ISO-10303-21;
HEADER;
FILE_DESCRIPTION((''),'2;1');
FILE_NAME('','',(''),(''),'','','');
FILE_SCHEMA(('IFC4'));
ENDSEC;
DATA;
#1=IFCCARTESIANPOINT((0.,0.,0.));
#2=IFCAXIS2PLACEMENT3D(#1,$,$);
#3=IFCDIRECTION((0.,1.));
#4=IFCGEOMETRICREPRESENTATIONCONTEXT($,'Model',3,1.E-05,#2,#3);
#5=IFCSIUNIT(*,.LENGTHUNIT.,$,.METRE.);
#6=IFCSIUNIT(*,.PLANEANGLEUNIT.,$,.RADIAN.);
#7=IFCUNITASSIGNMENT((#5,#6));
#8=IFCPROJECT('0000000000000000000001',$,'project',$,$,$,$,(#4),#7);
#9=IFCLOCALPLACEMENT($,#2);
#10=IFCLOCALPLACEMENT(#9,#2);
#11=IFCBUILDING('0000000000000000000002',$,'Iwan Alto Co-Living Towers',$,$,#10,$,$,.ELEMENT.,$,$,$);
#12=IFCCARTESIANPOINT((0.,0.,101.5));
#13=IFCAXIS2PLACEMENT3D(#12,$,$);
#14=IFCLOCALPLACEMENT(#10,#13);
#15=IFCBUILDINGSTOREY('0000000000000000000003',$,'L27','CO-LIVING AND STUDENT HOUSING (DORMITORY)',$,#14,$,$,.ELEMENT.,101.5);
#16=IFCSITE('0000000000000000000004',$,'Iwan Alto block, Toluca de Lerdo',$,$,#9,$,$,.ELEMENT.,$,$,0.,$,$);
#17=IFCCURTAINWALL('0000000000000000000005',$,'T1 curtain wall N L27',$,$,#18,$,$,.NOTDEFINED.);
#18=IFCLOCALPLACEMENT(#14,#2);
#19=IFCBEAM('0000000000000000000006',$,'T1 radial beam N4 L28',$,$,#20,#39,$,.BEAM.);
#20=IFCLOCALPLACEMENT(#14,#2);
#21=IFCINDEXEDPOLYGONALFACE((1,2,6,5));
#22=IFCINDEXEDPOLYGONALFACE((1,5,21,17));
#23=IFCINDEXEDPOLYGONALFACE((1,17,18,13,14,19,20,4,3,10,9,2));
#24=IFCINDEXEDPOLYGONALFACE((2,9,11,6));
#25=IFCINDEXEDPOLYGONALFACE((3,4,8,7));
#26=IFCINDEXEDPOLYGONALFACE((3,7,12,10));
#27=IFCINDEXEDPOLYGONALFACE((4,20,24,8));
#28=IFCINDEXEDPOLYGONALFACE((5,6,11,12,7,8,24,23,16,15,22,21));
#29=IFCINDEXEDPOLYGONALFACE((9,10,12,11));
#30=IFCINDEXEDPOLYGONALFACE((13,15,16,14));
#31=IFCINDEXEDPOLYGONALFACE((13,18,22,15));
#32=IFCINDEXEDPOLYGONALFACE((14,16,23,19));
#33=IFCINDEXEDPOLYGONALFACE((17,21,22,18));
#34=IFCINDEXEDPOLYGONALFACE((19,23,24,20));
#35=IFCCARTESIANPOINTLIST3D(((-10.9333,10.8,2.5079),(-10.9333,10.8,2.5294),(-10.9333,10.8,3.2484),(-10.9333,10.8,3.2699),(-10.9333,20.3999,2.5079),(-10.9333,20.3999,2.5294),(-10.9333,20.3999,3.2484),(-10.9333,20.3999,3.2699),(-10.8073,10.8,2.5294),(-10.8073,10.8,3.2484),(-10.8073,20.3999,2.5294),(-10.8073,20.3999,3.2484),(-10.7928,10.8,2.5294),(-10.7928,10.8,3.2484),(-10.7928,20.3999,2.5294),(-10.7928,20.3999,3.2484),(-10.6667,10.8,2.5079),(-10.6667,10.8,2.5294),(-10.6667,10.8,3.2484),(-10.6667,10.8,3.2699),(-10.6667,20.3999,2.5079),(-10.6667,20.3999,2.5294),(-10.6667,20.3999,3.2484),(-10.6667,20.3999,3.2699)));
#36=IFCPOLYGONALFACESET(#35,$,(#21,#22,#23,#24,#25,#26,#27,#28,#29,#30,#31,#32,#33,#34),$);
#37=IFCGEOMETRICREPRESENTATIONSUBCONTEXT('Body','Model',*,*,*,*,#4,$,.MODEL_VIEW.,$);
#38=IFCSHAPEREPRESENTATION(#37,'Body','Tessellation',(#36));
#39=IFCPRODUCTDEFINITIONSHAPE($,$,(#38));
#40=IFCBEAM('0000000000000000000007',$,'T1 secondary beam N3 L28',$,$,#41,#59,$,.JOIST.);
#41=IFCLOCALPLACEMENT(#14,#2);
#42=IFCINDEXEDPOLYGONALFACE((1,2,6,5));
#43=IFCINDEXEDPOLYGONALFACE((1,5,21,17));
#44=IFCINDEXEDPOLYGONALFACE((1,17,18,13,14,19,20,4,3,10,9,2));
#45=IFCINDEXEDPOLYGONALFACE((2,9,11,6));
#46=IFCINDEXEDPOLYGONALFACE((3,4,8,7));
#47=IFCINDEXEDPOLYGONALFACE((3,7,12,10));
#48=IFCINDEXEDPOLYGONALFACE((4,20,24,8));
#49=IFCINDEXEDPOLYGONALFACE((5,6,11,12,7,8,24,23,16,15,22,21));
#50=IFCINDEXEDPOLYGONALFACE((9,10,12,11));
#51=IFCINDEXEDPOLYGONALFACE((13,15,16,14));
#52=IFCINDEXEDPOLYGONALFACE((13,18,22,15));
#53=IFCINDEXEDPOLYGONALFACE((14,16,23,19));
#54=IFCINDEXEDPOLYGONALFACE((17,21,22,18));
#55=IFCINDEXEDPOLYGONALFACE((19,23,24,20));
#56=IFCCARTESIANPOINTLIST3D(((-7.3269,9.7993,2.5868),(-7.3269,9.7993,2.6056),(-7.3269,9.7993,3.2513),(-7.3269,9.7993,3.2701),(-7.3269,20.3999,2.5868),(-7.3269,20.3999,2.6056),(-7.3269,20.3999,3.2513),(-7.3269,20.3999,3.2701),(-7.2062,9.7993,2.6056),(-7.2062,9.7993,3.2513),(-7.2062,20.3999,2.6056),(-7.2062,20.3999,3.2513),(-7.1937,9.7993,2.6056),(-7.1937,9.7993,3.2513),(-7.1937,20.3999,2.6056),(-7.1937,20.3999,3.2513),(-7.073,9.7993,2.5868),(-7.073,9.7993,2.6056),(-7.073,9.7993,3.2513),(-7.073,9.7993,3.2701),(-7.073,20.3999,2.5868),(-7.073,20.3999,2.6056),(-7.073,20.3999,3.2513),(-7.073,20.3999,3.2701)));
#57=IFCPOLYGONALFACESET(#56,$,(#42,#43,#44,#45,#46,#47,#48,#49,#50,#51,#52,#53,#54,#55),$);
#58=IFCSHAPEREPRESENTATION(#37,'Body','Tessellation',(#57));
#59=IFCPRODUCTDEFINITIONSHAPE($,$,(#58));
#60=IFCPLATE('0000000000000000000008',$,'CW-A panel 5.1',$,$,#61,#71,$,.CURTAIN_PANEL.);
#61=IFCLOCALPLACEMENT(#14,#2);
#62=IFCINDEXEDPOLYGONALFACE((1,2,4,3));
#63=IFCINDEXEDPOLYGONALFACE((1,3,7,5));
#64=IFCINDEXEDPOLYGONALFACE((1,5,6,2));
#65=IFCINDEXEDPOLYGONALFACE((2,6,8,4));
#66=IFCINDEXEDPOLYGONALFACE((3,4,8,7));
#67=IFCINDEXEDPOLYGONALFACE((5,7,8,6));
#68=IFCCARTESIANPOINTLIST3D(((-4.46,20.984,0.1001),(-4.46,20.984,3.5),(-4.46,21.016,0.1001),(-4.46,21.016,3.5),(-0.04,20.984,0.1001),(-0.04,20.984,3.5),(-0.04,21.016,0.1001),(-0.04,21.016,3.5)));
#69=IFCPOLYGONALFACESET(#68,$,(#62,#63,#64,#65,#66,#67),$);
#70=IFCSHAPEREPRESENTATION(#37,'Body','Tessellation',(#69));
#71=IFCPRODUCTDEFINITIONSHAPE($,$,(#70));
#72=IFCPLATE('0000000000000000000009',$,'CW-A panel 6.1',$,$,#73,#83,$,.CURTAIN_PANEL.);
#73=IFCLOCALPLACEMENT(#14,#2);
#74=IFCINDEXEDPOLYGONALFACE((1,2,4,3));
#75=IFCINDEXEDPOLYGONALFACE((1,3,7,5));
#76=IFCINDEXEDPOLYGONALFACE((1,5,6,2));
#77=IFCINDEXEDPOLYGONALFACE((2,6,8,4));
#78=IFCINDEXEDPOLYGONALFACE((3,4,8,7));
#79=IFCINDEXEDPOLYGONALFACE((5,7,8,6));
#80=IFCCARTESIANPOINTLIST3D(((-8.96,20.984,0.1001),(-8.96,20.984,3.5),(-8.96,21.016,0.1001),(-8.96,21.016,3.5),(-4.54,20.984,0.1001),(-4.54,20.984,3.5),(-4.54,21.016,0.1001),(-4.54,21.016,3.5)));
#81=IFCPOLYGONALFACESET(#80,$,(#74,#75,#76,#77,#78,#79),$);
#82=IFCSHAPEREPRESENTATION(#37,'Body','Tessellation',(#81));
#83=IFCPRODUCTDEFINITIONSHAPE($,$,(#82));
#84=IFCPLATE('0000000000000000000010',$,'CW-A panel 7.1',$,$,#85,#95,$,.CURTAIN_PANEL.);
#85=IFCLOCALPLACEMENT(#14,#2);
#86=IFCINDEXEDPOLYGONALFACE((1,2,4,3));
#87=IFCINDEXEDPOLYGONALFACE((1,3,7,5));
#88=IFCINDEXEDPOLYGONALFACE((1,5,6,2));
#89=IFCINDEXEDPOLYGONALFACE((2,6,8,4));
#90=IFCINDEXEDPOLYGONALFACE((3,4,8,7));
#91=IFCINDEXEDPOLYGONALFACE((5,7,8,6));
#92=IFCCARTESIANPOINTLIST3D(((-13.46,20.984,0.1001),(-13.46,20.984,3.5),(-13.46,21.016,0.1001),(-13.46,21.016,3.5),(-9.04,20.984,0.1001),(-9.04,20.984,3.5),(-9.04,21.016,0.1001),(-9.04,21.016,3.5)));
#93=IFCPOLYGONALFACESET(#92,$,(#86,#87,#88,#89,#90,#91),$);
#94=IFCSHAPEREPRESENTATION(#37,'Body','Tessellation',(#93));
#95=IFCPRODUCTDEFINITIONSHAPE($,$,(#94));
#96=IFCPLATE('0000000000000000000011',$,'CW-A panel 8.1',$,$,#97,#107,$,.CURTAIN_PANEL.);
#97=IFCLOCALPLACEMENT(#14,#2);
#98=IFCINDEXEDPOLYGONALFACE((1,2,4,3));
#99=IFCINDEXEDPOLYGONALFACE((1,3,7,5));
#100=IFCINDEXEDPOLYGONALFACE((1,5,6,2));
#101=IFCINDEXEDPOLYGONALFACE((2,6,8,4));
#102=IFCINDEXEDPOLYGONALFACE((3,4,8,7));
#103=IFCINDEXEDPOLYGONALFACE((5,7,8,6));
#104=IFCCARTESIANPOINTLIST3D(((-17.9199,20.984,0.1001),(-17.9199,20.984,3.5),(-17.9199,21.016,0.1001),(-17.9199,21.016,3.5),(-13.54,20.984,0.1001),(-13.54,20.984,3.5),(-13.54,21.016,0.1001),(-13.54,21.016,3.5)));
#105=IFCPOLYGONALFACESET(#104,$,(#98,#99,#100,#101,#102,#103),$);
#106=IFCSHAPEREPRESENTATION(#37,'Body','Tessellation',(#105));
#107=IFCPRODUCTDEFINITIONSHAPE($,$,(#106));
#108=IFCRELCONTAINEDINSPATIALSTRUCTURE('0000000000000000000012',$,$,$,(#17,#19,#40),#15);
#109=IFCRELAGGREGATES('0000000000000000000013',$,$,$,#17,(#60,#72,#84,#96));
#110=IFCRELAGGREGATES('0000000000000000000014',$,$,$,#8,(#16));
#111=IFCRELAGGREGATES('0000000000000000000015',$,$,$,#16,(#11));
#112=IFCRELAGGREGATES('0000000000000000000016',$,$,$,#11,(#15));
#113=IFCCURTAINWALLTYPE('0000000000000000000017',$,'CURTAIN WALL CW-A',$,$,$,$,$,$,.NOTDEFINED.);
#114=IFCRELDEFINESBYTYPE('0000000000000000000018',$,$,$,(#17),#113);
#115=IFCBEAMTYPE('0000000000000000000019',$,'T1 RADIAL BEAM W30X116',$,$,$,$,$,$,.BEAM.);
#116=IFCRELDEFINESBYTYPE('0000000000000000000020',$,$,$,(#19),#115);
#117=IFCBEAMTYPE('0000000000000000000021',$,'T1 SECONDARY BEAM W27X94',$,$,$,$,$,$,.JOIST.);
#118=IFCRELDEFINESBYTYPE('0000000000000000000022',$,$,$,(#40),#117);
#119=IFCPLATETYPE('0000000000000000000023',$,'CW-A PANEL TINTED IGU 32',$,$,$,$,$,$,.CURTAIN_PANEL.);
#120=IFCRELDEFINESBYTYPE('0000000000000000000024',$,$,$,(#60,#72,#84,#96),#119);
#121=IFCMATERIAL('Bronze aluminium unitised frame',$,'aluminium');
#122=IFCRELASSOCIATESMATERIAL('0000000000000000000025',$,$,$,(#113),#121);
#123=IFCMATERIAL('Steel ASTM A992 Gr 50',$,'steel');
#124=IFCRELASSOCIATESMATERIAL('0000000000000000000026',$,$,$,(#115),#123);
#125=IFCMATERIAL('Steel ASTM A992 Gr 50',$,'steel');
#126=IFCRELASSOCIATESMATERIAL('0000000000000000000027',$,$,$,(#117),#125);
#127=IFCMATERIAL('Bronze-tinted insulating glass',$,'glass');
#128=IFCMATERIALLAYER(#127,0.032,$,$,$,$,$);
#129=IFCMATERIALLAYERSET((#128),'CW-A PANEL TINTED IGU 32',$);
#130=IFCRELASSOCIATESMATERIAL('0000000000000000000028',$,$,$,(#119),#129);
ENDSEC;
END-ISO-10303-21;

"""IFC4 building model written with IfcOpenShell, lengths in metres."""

from ifc_helpers import new_model, si_unit, direction, frame, origin, origin_2d, place, context, subcontext, project, spatial, rectangle, i_section, extrude, material, layer, layer_set, material_profile, profile_set, type_object, element, aggregate, save


model = new_model("IFC4")

# Units and contexts
model_context = context("Model", 3, precision=1e-05, world=origin(), true_north=direction((0.0, 1.0)))
body_context = subcontext(model_context, "Body", "Model", "MODEL_VIEW")
ifc_project = project(units=[si_unit("LENGTHUNIT", "METRE"), si_unit("PLANEANGLEUNIT", "RADIAN")], contexts=[model_context])

# Site, building, storey
site_placement = place(None, origin())
site = spatial("IfcSite", under=ifc_project, at=site_placement, Name="Iwan Alto block, Toluca de Lerdo", CompositionType="ELEMENT", RefElevation=0.0)
building_placement = place(site_placement, origin())
building = spatial("IfcBuilding", under=site, at=building_placement, Name="Iwan Alto Co-Living Towers", CompositionType="ELEMENT")
storey_placement = place(building_placement, frame((0.0, 0.0, 101.5)))
storey = spatial("IfcBuildingStorey", under=building, at=storey_placement, Name="L27", Description="CO-LIVING AND STUDENT HOUSING (DORMITORY)", CompositionType="ELEMENT", Elevation=101.5)

# Curtain wall
ifc_material_1 = material(Name="Bronze aluminium unitised frame", Category="aluminium")
curtain_wall_type = type_object("IfcCurtainWallType", Name="CURTAIN WALL CW-A", PredefinedType="NOTDEFINED", material=ifc_material_1)
curtain_wall_placement = place(storey_placement, origin())
curtain_wall = element("IfcCurtainWall", 1, at=curtain_wall_placement, inside=storey, type_object=curtain_wall_type, Name="T1 curtain wall N L27", PredefinedType="NOTDEFINED")

# Beams
ifc_material_2 = material(Name="Steel ASTM A992 Gr 50", Category="steel")
ifc_material_profile_1 = material_profile(ifc_material_2, i_section(OverallWidth=0.2666, OverallDepth=0.762, WebThickness=0.0144, FlangeThickness=0.0215, at=origin_2d()), Name="W30X116")
ifc_profile_set_1 = profile_set([ifc_material_profile_1], Name="Steel ASTM A992 Gr 50")
beam_type_1 = type_object("IfcBeamType", Name="T1 RADIAL BEAM W30X116", PredefinedType="BEAM", material=ifc_profile_set_1)
beam_1_placement = place(storey_placement, frame((-10.8, 20.3999, 2.8889), z_axis=(0.0, -1.0, 0.0), x_axis=(1.0, 0.0, 0.0)))
element("IfcBeam", 2, at=beam_1_placement, inside=storey, type_object=beam_type_1, Name="T1 radial beam N4 L28", PredefinedType="BEAM", context=body_context, shape_type="SweptSolid", body=[
    extrude(i_section(OverallWidth=0.2666, OverallDepth=0.762, WebThickness=0.0144, FlangeThickness=0.0215, at=origin_2d()), origin(), (0.0, 0.0, 1.0), 9.5999),
])
ifc_material_3 = material(Name="Steel ASTM A992 Gr 50", Category="steel")
ifc_material_profile_2 = material_profile(ifc_material_3, i_section(OverallWidth=0.2539, OverallDepth=0.6833, WebThickness=0.0125, FlangeThickness=0.0188, at=origin_2d()), Name="W27X94")
ifc_profile_set_2 = profile_set([ifc_material_profile_2], Name="Steel ASTM A992 Gr 50")
beam_type_2 = type_object("IfcBeamType", Name="T1 SECONDARY BEAM W27X94", PredefinedType="JOIST", material=ifc_profile_set_2)
beam_2_placement = place(storey_placement, frame((-7.2, 20.3999, 2.9285), z_axis=(0.0, -1.0, 0.0), x_axis=(1.0, 0.0, 0.0)))
element("IfcBeam", 3, at=beam_2_placement, inside=storey, type_object=beam_type_2, Name="T1 secondary beam N3 L28", PredefinedType="JOIST", context=body_context, shape_type="SweptSolid", body=[
    extrude(i_section(OverallWidth=0.2539, OverallDepth=0.6833, WebThickness=0.0125, FlangeThickness=0.0188, at=origin_2d()), origin(), (0.0, 0.0, 1.0), 10.6006),
])

# Plates
ifc_material_4 = material(Name="Bronze-tinted insulating glass", Category="glass")
ifc_layer_1 = layer(ifc_material_4, 0.032)
ifc_layer_set_1 = layer_set([ifc_layer_1], Name="CW-A PANEL TINTED IGU 32")
plate_type = type_object("IfcPlateType", Name="CW-A PANEL TINTED IGU 32", PredefinedType="CURTAIN_PANEL", material=ifc_layer_set_1)
plate_1_placement = place(storey_placement, frame((-2.25, 21.0, 0.1001), z_axis=(0.0, 0.0, 1.0), x_axis=(-1.0, 0.0, 0.0)))
plate_1 = element("IfcPlate", 4, at=plate_1_placement, type_object=plate_type, Name="CW-A panel 5.1", PredefinedType="CURTAIN_PANEL", context=body_context, shape_type="SweptSolid", body=[
    extrude(rectangle(XDim=4.4199, YDim=0.032, at=origin_2d()), origin(), (0.0, 0.0, 1.0), 3.3999),
])
plate_2_placement = place(storey_placement, frame((-6.75, 21.0, 0.1001), z_axis=(0.0, 0.0, 1.0), x_axis=(-1.0, 0.0, 0.0)))
plate_2 = element("IfcPlate", 5, at=plate_2_placement, type_object=plate_type, Name="CW-A panel 6.1", PredefinedType="CURTAIN_PANEL", context=body_context, shape_type="SweptSolid", body=[
    extrude(rectangle(XDim=4.4199, YDim=0.032, at=origin_2d()), origin(), (0.0, 0.0, 1.0), 3.3999),
])
plate_3_placement = place(storey_placement, frame((-11.25, 21.0, 0.1001), z_axis=(0.0, 0.0, 1.0), x_axis=(-1.0, 0.0, 0.0)))
plate_3 = element("IfcPlate", 6, at=plate_3_placement, type_object=plate_type, Name="CW-A panel 7.1", PredefinedType="CURTAIN_PANEL", context=body_context, shape_type="SweptSolid", body=[
    extrude(rectangle(XDim=4.4199, YDim=0.032, at=origin_2d()), origin(), (0.0, 0.0, 1.0), 3.3999),
])
plate_4_placement = place(storey_placement, frame((-15.73, 21.0, 0.1001), z_axis=(0.0, 0.0, 1.0), x_axis=(-1.0, 0.0, 0.0)))
plate_4 = element("IfcPlate", 7, at=plate_4_placement, type_object=plate_type, Name="CW-A panel 8.1", PredefinedType="CURTAIN_PANEL", context=body_context, shape_type="SweptSolid", body=[
    extrude(rectangle(XDim=4.3799, YDim=0.032, at=origin_2d()), origin(), (0.0, 0.0, 1.0), 3.3999),
])
aggregate(curtain_wall, [plate_1, plate_2, plate_3, plate_4])

save(model, "model.ifc")
